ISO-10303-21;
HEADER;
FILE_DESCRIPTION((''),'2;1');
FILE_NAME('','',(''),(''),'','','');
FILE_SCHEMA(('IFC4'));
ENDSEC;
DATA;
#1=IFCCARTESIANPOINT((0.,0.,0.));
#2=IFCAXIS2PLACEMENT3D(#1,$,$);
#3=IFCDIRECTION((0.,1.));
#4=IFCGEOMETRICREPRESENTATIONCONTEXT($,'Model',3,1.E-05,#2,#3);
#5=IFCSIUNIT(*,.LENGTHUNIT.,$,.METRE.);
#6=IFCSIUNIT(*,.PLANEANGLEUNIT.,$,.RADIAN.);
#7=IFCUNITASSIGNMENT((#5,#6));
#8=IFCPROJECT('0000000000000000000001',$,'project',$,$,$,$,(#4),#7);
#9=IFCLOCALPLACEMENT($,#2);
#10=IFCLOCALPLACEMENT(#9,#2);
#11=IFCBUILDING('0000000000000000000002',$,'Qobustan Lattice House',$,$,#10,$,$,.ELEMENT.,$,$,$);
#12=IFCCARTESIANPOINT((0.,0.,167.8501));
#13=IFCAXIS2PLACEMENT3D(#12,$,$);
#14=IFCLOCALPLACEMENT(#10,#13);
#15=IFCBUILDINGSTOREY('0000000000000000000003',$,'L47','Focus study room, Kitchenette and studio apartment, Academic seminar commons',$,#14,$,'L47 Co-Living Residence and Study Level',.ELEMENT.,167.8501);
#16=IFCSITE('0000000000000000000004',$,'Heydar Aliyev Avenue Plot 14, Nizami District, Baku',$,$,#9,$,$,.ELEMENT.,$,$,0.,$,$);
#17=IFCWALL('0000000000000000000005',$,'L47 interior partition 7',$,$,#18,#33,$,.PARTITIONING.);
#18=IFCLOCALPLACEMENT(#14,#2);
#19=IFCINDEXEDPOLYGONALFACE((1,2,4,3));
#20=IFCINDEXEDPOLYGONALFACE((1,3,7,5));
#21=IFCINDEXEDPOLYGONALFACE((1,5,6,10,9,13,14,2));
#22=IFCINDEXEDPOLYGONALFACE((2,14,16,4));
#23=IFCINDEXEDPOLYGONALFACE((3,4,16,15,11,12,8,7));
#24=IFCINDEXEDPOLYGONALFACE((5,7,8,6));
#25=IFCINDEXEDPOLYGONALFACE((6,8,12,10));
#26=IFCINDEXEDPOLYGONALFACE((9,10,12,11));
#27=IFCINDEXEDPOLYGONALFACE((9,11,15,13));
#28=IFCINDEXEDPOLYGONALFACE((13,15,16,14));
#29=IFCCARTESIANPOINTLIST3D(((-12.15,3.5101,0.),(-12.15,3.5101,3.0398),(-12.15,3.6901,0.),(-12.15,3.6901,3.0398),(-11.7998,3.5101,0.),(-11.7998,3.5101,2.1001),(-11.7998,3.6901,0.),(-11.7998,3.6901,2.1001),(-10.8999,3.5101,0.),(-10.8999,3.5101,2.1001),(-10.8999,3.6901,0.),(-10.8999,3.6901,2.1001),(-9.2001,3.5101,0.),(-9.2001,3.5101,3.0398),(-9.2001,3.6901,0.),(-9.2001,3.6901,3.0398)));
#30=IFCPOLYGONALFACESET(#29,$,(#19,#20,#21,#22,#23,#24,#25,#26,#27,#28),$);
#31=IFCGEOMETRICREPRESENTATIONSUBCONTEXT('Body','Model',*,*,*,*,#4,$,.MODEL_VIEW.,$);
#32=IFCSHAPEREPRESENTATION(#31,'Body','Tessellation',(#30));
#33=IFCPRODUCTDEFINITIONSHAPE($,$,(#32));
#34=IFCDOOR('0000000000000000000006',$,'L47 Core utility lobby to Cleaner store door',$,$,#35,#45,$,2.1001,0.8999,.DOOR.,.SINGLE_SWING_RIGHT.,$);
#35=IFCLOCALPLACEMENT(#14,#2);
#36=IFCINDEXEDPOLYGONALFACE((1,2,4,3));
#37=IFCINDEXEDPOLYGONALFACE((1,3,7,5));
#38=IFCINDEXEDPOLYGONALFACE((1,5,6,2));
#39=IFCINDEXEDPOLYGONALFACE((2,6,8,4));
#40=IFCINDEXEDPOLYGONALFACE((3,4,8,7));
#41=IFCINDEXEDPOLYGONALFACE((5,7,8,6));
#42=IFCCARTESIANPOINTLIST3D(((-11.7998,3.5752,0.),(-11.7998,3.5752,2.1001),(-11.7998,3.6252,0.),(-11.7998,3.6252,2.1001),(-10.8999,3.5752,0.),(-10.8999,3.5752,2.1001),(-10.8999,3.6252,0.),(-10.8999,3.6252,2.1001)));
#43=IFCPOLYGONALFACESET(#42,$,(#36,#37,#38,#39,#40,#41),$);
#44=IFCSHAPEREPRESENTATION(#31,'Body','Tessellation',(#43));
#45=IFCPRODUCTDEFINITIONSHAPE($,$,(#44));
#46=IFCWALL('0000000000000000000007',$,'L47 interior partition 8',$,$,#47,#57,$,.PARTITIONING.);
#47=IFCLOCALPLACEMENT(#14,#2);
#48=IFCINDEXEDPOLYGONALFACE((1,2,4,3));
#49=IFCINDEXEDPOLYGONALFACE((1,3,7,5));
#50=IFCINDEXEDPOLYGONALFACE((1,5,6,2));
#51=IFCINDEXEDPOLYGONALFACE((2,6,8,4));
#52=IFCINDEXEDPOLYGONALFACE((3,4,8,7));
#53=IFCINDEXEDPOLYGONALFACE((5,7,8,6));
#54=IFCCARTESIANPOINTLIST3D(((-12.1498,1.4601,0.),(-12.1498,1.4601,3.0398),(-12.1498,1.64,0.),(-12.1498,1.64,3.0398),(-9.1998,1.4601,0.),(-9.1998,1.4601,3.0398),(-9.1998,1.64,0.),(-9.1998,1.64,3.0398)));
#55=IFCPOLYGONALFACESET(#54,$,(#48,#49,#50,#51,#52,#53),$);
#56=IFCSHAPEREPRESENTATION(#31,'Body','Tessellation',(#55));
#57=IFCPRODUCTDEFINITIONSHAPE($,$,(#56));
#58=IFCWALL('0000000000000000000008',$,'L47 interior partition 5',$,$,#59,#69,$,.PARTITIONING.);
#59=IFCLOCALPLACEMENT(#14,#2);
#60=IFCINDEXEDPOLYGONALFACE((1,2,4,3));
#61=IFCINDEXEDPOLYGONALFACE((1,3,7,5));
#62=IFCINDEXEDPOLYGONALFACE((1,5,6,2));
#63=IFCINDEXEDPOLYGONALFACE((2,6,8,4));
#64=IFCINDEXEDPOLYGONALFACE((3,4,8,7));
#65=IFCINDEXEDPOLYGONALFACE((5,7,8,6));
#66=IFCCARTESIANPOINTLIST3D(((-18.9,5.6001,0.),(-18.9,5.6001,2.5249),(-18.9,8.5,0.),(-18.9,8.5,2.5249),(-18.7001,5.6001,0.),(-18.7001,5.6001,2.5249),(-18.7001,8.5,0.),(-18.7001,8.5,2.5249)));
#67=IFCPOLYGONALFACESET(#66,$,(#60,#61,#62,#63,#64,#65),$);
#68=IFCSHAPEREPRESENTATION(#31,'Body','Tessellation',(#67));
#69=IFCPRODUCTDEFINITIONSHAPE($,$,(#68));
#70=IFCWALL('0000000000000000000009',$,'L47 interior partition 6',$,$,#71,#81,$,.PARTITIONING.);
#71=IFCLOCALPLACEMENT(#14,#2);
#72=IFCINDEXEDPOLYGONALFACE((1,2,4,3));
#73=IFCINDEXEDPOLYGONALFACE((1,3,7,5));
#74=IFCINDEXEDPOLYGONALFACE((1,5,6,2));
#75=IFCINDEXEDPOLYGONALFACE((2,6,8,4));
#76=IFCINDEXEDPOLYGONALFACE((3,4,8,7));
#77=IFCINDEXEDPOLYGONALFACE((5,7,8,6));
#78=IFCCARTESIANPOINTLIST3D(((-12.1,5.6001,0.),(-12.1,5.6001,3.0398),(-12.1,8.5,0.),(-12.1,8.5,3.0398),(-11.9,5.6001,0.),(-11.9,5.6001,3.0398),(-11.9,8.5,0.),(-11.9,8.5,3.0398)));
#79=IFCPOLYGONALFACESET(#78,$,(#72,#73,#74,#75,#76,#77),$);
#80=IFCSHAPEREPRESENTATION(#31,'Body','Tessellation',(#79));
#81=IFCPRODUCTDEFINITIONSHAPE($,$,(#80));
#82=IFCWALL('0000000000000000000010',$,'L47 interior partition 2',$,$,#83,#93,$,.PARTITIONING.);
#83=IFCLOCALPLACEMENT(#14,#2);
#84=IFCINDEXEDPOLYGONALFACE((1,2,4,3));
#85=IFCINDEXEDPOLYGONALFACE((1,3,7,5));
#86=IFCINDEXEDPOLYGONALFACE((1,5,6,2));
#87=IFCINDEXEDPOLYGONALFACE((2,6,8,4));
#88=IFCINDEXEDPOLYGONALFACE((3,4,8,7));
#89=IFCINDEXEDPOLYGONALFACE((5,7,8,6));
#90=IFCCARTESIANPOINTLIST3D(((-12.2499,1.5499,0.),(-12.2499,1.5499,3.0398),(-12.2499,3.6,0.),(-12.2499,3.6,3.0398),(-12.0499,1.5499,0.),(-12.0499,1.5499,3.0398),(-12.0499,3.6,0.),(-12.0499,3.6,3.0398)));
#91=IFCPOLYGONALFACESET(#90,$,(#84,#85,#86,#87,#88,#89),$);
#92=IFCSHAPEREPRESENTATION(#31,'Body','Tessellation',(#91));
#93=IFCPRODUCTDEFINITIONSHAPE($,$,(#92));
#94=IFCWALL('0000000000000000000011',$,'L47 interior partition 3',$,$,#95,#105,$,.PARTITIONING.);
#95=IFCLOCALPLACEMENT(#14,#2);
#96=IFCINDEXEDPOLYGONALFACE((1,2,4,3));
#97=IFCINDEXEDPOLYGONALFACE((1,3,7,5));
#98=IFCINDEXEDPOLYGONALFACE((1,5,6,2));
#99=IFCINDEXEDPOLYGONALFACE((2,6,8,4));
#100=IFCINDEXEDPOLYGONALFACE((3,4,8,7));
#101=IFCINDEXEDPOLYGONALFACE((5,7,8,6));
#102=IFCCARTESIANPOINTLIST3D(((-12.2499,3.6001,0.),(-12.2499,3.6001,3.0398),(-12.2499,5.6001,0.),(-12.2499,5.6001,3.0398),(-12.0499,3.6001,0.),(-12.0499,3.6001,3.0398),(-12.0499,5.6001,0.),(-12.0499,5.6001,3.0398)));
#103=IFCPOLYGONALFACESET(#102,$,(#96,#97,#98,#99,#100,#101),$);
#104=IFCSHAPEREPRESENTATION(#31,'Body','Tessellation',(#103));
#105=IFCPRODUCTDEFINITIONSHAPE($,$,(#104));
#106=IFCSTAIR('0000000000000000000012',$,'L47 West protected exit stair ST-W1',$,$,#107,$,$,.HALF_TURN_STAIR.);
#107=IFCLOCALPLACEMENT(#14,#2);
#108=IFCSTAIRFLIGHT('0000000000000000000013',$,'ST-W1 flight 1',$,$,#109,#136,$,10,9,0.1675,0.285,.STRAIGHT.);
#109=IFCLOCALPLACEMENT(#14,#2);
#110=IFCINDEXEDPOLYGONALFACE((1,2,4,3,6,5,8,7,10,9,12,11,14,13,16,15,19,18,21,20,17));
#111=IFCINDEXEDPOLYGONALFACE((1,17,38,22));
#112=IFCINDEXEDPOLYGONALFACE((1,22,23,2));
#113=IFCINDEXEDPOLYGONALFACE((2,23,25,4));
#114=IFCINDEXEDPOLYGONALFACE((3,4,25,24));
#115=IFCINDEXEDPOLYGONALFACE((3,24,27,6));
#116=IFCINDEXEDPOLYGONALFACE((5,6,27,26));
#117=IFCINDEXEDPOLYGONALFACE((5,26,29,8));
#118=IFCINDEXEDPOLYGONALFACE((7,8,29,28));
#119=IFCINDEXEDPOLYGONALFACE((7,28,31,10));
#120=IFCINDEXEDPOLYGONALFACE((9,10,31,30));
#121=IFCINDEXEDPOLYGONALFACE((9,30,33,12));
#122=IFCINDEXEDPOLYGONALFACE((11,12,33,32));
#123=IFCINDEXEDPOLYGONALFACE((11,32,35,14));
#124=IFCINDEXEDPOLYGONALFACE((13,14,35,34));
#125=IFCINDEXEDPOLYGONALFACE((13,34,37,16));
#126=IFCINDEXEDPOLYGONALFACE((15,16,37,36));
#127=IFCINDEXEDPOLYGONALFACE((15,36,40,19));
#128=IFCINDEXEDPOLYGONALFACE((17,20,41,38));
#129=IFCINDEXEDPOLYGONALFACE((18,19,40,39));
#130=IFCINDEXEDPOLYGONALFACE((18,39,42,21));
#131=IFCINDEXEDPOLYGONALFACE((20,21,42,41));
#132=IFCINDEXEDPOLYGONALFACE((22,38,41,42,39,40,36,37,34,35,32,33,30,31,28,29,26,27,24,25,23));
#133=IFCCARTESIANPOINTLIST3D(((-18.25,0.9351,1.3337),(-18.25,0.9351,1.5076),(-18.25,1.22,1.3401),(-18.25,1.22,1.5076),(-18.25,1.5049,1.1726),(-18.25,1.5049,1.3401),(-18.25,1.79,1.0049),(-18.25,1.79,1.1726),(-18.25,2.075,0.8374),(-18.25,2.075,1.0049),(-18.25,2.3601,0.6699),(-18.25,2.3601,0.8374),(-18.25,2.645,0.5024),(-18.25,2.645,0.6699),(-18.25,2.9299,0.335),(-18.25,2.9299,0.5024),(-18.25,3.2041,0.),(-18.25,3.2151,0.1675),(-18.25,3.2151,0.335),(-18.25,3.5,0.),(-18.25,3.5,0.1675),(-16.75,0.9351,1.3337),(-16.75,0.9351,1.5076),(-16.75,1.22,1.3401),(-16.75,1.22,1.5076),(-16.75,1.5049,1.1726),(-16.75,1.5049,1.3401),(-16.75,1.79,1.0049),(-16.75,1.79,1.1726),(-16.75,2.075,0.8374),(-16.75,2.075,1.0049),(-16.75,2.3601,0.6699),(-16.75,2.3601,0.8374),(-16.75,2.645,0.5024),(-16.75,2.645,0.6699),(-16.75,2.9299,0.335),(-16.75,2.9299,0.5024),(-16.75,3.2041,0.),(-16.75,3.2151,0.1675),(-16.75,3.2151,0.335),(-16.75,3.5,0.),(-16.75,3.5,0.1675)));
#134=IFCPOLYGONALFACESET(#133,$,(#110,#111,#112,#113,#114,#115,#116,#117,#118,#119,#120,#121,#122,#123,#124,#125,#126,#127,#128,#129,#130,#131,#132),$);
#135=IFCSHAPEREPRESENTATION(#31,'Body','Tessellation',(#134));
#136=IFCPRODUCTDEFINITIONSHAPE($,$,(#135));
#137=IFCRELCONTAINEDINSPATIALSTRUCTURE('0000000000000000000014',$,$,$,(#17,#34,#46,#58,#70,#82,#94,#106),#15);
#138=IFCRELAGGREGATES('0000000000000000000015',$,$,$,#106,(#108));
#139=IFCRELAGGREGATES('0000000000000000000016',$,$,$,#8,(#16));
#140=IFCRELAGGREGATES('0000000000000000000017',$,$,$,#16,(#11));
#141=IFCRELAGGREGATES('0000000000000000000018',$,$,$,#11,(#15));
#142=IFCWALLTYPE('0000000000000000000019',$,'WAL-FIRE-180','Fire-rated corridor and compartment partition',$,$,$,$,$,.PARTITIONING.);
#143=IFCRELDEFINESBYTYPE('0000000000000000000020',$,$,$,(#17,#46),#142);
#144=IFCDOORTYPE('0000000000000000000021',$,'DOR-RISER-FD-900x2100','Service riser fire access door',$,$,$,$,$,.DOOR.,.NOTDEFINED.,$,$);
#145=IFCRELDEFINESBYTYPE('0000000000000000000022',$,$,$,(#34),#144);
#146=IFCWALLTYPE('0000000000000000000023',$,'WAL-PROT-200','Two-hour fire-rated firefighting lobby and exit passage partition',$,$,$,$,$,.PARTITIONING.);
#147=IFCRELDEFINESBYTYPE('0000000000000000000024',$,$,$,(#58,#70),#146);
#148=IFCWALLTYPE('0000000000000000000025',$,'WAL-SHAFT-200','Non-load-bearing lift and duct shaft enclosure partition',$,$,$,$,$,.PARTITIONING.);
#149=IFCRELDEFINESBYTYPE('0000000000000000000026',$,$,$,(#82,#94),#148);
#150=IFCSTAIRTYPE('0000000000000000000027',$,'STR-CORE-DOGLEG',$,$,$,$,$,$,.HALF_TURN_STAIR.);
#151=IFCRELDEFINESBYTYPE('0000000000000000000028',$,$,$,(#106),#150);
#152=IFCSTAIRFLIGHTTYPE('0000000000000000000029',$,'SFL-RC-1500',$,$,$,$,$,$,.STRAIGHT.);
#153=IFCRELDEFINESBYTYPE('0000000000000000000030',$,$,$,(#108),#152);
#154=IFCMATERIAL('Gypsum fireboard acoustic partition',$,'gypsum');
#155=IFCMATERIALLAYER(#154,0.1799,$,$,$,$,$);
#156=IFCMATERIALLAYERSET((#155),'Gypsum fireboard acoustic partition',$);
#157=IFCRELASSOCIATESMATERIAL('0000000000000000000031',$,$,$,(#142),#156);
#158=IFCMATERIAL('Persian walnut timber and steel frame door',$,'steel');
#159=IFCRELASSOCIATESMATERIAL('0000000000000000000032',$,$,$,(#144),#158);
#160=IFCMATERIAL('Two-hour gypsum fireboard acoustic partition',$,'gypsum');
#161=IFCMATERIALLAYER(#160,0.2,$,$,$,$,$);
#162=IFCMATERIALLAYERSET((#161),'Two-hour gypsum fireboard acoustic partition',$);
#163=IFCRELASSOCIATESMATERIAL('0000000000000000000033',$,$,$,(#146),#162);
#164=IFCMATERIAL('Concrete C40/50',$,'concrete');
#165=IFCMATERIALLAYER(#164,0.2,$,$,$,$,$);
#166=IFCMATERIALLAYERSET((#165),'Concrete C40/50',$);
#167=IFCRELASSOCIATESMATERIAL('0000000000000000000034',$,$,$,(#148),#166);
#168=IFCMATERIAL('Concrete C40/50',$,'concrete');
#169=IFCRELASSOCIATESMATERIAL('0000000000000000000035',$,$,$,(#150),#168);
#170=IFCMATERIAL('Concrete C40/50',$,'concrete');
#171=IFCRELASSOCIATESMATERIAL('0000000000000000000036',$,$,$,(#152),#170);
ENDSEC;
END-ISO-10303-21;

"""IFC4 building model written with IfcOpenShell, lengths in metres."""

from ifc_helpers import new_model, si_unit, direction, frame, frame_2d, origin, place, context, subcontext, project, spatial, polyline, rectangle, outline, extrude, material, layer, layer_set, type_object, element, fill, aggregate, save


model = new_model("IFC4")

# Units and contexts
model_context = context("Model", 3, precision=1e-05, world=origin(), true_north=direction((0.0, 1.0)))
body_context = subcontext(model_context, "Body", "Model", "MODEL_VIEW")
ifc_project = project(units=[si_unit("LENGTHUNIT", "METRE"), si_unit("PLANEANGLEUNIT", "RADIAN")], contexts=[model_context])

# Site, building, storey
site_placement = place(None, origin())
site = spatial("IfcSite", under=ifc_project, at=site_placement, Name="Heydar Aliyev Avenue Plot 14, Nizami District, Baku", CompositionType="ELEMENT", RefElevation=0.0)
building_placement = place(site_placement, origin())
building = spatial("IfcBuilding", under=site, at=building_placement, Name="Qobustan Lattice House", CompositionType="ELEMENT")
storey_placement = place(building_placement, frame((0.0, 0.0, 167.8501)))
storey = spatial("IfcBuildingStorey", under=building, at=storey_placement, Name="L47", Description="Focus study room, Kitchenette and studio apartment, Academic seminar commons", LongName="L47 Co-Living Residence and Study Level", CompositionType="ELEMENT", Elevation=167.8501)

# Wall, opening, door
ifc_material_1 = material(Name="Gypsum fireboard acoustic partition", Category="gypsum")
ifc_layer_1 = layer(ifc_material_1, 0.1799)
ifc_layer_set_1 = layer_set([ifc_layer_1], Name="Gypsum fireboard acoustic partition")
wall_type_1 = type_object("IfcWallType", Name="WAL-FIRE-180", Description="Fire-rated corridor and compartment partition", PredefinedType="PARTITIONING", material=ifc_layer_set_1)
wall_1_placement = place(storey_placement, frame((-9.2, 3.6001, 0.0), z_axis=(0.0, 0.0, 1.0), x_axis=(-1.0, 0.0, 0.0)))
wall_1 = element("IfcWall", 1, at=wall_1_placement, inside=storey, type_object=wall_type_1, Name="L47 interior partition 7", PredefinedType="PARTITIONING", context=body_context, shape_type="SweptSolid", body=[
    extrude(rectangle(XDim=2.95, YDim=0.1799, at=frame_2d((1.4751, 0.0))), origin(), (0.0, 0.0, 1.0), 3.0398),
])
opening_1_placement = place(wall_1_placement, frame((1.7, 0.0, 0.0)))
opening_1 = element("IfcOpeningElement", 2, at=opening_1_placement, cuts=wall_1, PredefinedType="OPENING", context=body_context, shape_type="SweptSolid", body=[
    extrude(rectangle(XDim=0.8999, YDim=2.1001, at=frame_2d((0.45, 1.05))), frame((0.0, 0.0999, 0.0), z_axis=(0.0, -1.0, 0.0), x_axis=(1.0, 0.0, 0.0)), (0.0, 0.0, 1.0), 0.2),
])
ifc_material_2 = material(Name="Persian walnut timber and steel frame door", Category="steel")
door_type_1 = type_object("IfcDoorType", Name="DOR-RISER-FD-900x2100", Description="Service riser fire access door", OperationType="NOTDEFINED", PredefinedType="DOOR", material=ifc_material_2)
door_1_placement = place(opening_1_placement, origin())
door_1 = element("IfcDoor", 3, at=door_1_placement, inside=storey, type_object=door_type_1, Name="L47 Core utility lobby to Cleaner store door", OperationType="SINGLE_SWING_RIGHT", OverallHeight=2.1001, OverallWidth=0.8999, PredefinedType="DOOR", context=body_context, shape_type="SweptSolid", body=[
    extrude(rectangle(XDim=0.8999, YDim=2.1001, at=frame_2d((0.45, 1.05))), frame((0.0, 0.0249, 0.0), z_axis=(0.0, -1.0, 0.0), x_axis=(1.0, 0.0, 0.0)), (0.0, 0.0, 1.0), 0.05),
])
fill(opening_1, door_1)

# Walls
wall_2_placement = place(storey_placement, frame((-12.1499, 1.55, 0.0), z_axis=(0.0, 0.0, 1.0), x_axis=(1.0, 0.0, 0.0)))
element("IfcWall", 4, at=wall_2_placement, inside=storey, type_object=wall_type_1, Name="L47 interior partition 8", PredefinedType="PARTITIONING", context=body_context, shape_type="SweptSolid", body=[
    extrude(rectangle(XDim=2.95, YDim=0.1799, at=frame_2d((1.4751, 0.0))), origin(), (0.0, 0.0, 1.0), 3.0398),
])
ifc_material_3 = material(Name="Two-hour gypsum fireboard acoustic partition", Category="gypsum")
ifc_layer_2 = layer(ifc_material_3, 0.2)
ifc_layer_set_2 = layer_set([ifc_layer_2], Name="Two-hour gypsum fireboard acoustic partition")
wall_type_2 = type_object("IfcWallType", Name="WAL-PROT-200", Description="Two-hour fire-rated firefighting lobby and exit passage partition", PredefinedType="PARTITIONING", material=ifc_layer_set_2)
wall_3_placement = place(storey_placement, frame((-18.8, 8.5, 0.0), z_axis=(0.0, 0.0, 1.0), x_axis=(0.0, -1.0, 0.0)))
element("IfcWall", 5, at=wall_3_placement, inside=storey, type_object=wall_type_2, Name="L47 interior partition 5", PredefinedType="PARTITIONING", context=body_context, shape_type="SweptSolid", body=[
    extrude(rectangle(XDim=2.8999, YDim=0.2, at=frame_2d((1.45, 0.0))), origin(), (0.0, 0.0, 1.0), 2.5249),
])
wall_4_placement = place(storey_placement, frame((-12.0, 5.6001, 0.0), z_axis=(0.0, 0.0, 1.0), x_axis=(0.0, 1.0, 0.0)))
element("IfcWall", 6, at=wall_4_placement, inside=storey, type_object=wall_type_2, Name="L47 interior partition 6", PredefinedType="PARTITIONING", context=body_context, shape_type="SweptSolid", body=[
    extrude(rectangle(XDim=2.8999, YDim=0.2, at=frame_2d((1.45, 0.0))), origin(), (0.0, 0.0, 1.0), 3.0398),
])
ifc_material_4 = material(Name="Concrete C40/50", Category="concrete")
ifc_layer_3 = layer(ifc_material_4, 0.2)
ifc_layer_set_3 = layer_set([ifc_layer_3], Name="Concrete C40/50")
wall_type_3 = type_object("IfcWallType", Name="WAL-SHAFT-200", Description="Non-load-bearing lift and duct shaft enclosure partition", PredefinedType="PARTITIONING", material=ifc_layer_set_3)
wall_5_placement = place(storey_placement, frame((-12.1499, 1.55, 0.0), z_axis=(0.0, 0.0, 1.0), x_axis=(0.0, 1.0, 0.0)))
element("IfcWall", 7, at=wall_5_placement, inside=storey, type_object=wall_type_3, Name="L47 interior partition 2", PredefinedType="PARTITIONING", context=body_context, shape_type="SweptSolid", body=[
    extrude(rectangle(XDim=2.05, YDim=0.2, at=frame_2d((1.0249, 0.0))), origin(), (0.0, 0.0, 1.0), 3.0398),
])
wall_6_placement = place(storey_placement, frame((-12.1499, 3.6001, 0.0), z_axis=(0.0, 0.0, 1.0), x_axis=(0.0, 1.0, 0.0)))
element("IfcWall", 8, at=wall_6_placement, inside=storey, type_object=wall_type_3, Name="L47 interior partition 3", PredefinedType="PARTITIONING", context=body_context, shape_type="SweptSolid", body=[
    extrude(rectangle(XDim=2.0, YDim=0.2, at=frame_2d((1.0, 0.0))), origin(), (0.0, 0.0, 1.0), 3.0398),
])

# Stair, stair flight
ifc_material_5 = material(Name="Concrete C40/50", Category="concrete")
stair_type = type_object("IfcStairType", Name="STR-CORE-DOGLEG", PredefinedType="HALF_TURN_STAIR", material=ifc_material_5)
stair_placement = place(storey_placement, origin())
stair = element("IfcStair", 9, at=stair_placement, inside=storey, type_object=stair_type, Name="L47 West protected exit stair ST-W1", PredefinedType="HALF_TURN_STAIR")
ifc_material_6 = material(Name="Concrete C40/50", Category="concrete")
stair_flight_type = type_object("IfcStairFlightType", Name="SFL-RC-1500", PredefinedType="STRAIGHT", material=ifc_material_6)
stair_flight_placement = place(storey_placement, frame((-17.5, 3.5, 0.0), z_axis=(0.0, 0.0, 1.0), x_axis=(0.0, -1.0, 0.0)))
stair_flight = element("IfcStairFlight", 10, at=stair_flight_placement, type_object=stair_flight_type, Name="ST-W1 flight 1", NumberOfRisers=10, NumberOfTreads=9, PredefinedType="STRAIGHT", RiserHeight=0.1675, TreadLength=0.285, context=body_context, shape_type="SweptSolid", body=[
    extrude(outline(polyline([(0.0, 0.0), (0.0, 0.1675), (0.2849, 0.1675), (0.2849, 0.335), (0.5701, 0.335), (0.5701, 0.5024), (0.855, 0.5024), (0.855, 0.6699), (1.1399, 0.6699), (1.1399, 0.8374), (1.425, 0.8374), (1.425, 1.0049), (1.71, 1.0049), (1.71, 1.1726), (1.9951, 1.1726), (1.9951, 1.3401), (2.28, 1.3401), (2.28, 1.5076), (2.5649, 1.5076), (2.5649, 1.675), (2.5649, 1.3337), (0.2959, 0.0), (0.0, 0.0)])), frame((0.0, 0.75, 0.0), z_axis=(0.0, -1.0, 0.0), x_axis=(1.0, 0.0, 0.0)), (0.0, 0.0, 1.0), 1.5),
])
aggregate(stair, [stair_flight])

save(model, "model.ifc")
